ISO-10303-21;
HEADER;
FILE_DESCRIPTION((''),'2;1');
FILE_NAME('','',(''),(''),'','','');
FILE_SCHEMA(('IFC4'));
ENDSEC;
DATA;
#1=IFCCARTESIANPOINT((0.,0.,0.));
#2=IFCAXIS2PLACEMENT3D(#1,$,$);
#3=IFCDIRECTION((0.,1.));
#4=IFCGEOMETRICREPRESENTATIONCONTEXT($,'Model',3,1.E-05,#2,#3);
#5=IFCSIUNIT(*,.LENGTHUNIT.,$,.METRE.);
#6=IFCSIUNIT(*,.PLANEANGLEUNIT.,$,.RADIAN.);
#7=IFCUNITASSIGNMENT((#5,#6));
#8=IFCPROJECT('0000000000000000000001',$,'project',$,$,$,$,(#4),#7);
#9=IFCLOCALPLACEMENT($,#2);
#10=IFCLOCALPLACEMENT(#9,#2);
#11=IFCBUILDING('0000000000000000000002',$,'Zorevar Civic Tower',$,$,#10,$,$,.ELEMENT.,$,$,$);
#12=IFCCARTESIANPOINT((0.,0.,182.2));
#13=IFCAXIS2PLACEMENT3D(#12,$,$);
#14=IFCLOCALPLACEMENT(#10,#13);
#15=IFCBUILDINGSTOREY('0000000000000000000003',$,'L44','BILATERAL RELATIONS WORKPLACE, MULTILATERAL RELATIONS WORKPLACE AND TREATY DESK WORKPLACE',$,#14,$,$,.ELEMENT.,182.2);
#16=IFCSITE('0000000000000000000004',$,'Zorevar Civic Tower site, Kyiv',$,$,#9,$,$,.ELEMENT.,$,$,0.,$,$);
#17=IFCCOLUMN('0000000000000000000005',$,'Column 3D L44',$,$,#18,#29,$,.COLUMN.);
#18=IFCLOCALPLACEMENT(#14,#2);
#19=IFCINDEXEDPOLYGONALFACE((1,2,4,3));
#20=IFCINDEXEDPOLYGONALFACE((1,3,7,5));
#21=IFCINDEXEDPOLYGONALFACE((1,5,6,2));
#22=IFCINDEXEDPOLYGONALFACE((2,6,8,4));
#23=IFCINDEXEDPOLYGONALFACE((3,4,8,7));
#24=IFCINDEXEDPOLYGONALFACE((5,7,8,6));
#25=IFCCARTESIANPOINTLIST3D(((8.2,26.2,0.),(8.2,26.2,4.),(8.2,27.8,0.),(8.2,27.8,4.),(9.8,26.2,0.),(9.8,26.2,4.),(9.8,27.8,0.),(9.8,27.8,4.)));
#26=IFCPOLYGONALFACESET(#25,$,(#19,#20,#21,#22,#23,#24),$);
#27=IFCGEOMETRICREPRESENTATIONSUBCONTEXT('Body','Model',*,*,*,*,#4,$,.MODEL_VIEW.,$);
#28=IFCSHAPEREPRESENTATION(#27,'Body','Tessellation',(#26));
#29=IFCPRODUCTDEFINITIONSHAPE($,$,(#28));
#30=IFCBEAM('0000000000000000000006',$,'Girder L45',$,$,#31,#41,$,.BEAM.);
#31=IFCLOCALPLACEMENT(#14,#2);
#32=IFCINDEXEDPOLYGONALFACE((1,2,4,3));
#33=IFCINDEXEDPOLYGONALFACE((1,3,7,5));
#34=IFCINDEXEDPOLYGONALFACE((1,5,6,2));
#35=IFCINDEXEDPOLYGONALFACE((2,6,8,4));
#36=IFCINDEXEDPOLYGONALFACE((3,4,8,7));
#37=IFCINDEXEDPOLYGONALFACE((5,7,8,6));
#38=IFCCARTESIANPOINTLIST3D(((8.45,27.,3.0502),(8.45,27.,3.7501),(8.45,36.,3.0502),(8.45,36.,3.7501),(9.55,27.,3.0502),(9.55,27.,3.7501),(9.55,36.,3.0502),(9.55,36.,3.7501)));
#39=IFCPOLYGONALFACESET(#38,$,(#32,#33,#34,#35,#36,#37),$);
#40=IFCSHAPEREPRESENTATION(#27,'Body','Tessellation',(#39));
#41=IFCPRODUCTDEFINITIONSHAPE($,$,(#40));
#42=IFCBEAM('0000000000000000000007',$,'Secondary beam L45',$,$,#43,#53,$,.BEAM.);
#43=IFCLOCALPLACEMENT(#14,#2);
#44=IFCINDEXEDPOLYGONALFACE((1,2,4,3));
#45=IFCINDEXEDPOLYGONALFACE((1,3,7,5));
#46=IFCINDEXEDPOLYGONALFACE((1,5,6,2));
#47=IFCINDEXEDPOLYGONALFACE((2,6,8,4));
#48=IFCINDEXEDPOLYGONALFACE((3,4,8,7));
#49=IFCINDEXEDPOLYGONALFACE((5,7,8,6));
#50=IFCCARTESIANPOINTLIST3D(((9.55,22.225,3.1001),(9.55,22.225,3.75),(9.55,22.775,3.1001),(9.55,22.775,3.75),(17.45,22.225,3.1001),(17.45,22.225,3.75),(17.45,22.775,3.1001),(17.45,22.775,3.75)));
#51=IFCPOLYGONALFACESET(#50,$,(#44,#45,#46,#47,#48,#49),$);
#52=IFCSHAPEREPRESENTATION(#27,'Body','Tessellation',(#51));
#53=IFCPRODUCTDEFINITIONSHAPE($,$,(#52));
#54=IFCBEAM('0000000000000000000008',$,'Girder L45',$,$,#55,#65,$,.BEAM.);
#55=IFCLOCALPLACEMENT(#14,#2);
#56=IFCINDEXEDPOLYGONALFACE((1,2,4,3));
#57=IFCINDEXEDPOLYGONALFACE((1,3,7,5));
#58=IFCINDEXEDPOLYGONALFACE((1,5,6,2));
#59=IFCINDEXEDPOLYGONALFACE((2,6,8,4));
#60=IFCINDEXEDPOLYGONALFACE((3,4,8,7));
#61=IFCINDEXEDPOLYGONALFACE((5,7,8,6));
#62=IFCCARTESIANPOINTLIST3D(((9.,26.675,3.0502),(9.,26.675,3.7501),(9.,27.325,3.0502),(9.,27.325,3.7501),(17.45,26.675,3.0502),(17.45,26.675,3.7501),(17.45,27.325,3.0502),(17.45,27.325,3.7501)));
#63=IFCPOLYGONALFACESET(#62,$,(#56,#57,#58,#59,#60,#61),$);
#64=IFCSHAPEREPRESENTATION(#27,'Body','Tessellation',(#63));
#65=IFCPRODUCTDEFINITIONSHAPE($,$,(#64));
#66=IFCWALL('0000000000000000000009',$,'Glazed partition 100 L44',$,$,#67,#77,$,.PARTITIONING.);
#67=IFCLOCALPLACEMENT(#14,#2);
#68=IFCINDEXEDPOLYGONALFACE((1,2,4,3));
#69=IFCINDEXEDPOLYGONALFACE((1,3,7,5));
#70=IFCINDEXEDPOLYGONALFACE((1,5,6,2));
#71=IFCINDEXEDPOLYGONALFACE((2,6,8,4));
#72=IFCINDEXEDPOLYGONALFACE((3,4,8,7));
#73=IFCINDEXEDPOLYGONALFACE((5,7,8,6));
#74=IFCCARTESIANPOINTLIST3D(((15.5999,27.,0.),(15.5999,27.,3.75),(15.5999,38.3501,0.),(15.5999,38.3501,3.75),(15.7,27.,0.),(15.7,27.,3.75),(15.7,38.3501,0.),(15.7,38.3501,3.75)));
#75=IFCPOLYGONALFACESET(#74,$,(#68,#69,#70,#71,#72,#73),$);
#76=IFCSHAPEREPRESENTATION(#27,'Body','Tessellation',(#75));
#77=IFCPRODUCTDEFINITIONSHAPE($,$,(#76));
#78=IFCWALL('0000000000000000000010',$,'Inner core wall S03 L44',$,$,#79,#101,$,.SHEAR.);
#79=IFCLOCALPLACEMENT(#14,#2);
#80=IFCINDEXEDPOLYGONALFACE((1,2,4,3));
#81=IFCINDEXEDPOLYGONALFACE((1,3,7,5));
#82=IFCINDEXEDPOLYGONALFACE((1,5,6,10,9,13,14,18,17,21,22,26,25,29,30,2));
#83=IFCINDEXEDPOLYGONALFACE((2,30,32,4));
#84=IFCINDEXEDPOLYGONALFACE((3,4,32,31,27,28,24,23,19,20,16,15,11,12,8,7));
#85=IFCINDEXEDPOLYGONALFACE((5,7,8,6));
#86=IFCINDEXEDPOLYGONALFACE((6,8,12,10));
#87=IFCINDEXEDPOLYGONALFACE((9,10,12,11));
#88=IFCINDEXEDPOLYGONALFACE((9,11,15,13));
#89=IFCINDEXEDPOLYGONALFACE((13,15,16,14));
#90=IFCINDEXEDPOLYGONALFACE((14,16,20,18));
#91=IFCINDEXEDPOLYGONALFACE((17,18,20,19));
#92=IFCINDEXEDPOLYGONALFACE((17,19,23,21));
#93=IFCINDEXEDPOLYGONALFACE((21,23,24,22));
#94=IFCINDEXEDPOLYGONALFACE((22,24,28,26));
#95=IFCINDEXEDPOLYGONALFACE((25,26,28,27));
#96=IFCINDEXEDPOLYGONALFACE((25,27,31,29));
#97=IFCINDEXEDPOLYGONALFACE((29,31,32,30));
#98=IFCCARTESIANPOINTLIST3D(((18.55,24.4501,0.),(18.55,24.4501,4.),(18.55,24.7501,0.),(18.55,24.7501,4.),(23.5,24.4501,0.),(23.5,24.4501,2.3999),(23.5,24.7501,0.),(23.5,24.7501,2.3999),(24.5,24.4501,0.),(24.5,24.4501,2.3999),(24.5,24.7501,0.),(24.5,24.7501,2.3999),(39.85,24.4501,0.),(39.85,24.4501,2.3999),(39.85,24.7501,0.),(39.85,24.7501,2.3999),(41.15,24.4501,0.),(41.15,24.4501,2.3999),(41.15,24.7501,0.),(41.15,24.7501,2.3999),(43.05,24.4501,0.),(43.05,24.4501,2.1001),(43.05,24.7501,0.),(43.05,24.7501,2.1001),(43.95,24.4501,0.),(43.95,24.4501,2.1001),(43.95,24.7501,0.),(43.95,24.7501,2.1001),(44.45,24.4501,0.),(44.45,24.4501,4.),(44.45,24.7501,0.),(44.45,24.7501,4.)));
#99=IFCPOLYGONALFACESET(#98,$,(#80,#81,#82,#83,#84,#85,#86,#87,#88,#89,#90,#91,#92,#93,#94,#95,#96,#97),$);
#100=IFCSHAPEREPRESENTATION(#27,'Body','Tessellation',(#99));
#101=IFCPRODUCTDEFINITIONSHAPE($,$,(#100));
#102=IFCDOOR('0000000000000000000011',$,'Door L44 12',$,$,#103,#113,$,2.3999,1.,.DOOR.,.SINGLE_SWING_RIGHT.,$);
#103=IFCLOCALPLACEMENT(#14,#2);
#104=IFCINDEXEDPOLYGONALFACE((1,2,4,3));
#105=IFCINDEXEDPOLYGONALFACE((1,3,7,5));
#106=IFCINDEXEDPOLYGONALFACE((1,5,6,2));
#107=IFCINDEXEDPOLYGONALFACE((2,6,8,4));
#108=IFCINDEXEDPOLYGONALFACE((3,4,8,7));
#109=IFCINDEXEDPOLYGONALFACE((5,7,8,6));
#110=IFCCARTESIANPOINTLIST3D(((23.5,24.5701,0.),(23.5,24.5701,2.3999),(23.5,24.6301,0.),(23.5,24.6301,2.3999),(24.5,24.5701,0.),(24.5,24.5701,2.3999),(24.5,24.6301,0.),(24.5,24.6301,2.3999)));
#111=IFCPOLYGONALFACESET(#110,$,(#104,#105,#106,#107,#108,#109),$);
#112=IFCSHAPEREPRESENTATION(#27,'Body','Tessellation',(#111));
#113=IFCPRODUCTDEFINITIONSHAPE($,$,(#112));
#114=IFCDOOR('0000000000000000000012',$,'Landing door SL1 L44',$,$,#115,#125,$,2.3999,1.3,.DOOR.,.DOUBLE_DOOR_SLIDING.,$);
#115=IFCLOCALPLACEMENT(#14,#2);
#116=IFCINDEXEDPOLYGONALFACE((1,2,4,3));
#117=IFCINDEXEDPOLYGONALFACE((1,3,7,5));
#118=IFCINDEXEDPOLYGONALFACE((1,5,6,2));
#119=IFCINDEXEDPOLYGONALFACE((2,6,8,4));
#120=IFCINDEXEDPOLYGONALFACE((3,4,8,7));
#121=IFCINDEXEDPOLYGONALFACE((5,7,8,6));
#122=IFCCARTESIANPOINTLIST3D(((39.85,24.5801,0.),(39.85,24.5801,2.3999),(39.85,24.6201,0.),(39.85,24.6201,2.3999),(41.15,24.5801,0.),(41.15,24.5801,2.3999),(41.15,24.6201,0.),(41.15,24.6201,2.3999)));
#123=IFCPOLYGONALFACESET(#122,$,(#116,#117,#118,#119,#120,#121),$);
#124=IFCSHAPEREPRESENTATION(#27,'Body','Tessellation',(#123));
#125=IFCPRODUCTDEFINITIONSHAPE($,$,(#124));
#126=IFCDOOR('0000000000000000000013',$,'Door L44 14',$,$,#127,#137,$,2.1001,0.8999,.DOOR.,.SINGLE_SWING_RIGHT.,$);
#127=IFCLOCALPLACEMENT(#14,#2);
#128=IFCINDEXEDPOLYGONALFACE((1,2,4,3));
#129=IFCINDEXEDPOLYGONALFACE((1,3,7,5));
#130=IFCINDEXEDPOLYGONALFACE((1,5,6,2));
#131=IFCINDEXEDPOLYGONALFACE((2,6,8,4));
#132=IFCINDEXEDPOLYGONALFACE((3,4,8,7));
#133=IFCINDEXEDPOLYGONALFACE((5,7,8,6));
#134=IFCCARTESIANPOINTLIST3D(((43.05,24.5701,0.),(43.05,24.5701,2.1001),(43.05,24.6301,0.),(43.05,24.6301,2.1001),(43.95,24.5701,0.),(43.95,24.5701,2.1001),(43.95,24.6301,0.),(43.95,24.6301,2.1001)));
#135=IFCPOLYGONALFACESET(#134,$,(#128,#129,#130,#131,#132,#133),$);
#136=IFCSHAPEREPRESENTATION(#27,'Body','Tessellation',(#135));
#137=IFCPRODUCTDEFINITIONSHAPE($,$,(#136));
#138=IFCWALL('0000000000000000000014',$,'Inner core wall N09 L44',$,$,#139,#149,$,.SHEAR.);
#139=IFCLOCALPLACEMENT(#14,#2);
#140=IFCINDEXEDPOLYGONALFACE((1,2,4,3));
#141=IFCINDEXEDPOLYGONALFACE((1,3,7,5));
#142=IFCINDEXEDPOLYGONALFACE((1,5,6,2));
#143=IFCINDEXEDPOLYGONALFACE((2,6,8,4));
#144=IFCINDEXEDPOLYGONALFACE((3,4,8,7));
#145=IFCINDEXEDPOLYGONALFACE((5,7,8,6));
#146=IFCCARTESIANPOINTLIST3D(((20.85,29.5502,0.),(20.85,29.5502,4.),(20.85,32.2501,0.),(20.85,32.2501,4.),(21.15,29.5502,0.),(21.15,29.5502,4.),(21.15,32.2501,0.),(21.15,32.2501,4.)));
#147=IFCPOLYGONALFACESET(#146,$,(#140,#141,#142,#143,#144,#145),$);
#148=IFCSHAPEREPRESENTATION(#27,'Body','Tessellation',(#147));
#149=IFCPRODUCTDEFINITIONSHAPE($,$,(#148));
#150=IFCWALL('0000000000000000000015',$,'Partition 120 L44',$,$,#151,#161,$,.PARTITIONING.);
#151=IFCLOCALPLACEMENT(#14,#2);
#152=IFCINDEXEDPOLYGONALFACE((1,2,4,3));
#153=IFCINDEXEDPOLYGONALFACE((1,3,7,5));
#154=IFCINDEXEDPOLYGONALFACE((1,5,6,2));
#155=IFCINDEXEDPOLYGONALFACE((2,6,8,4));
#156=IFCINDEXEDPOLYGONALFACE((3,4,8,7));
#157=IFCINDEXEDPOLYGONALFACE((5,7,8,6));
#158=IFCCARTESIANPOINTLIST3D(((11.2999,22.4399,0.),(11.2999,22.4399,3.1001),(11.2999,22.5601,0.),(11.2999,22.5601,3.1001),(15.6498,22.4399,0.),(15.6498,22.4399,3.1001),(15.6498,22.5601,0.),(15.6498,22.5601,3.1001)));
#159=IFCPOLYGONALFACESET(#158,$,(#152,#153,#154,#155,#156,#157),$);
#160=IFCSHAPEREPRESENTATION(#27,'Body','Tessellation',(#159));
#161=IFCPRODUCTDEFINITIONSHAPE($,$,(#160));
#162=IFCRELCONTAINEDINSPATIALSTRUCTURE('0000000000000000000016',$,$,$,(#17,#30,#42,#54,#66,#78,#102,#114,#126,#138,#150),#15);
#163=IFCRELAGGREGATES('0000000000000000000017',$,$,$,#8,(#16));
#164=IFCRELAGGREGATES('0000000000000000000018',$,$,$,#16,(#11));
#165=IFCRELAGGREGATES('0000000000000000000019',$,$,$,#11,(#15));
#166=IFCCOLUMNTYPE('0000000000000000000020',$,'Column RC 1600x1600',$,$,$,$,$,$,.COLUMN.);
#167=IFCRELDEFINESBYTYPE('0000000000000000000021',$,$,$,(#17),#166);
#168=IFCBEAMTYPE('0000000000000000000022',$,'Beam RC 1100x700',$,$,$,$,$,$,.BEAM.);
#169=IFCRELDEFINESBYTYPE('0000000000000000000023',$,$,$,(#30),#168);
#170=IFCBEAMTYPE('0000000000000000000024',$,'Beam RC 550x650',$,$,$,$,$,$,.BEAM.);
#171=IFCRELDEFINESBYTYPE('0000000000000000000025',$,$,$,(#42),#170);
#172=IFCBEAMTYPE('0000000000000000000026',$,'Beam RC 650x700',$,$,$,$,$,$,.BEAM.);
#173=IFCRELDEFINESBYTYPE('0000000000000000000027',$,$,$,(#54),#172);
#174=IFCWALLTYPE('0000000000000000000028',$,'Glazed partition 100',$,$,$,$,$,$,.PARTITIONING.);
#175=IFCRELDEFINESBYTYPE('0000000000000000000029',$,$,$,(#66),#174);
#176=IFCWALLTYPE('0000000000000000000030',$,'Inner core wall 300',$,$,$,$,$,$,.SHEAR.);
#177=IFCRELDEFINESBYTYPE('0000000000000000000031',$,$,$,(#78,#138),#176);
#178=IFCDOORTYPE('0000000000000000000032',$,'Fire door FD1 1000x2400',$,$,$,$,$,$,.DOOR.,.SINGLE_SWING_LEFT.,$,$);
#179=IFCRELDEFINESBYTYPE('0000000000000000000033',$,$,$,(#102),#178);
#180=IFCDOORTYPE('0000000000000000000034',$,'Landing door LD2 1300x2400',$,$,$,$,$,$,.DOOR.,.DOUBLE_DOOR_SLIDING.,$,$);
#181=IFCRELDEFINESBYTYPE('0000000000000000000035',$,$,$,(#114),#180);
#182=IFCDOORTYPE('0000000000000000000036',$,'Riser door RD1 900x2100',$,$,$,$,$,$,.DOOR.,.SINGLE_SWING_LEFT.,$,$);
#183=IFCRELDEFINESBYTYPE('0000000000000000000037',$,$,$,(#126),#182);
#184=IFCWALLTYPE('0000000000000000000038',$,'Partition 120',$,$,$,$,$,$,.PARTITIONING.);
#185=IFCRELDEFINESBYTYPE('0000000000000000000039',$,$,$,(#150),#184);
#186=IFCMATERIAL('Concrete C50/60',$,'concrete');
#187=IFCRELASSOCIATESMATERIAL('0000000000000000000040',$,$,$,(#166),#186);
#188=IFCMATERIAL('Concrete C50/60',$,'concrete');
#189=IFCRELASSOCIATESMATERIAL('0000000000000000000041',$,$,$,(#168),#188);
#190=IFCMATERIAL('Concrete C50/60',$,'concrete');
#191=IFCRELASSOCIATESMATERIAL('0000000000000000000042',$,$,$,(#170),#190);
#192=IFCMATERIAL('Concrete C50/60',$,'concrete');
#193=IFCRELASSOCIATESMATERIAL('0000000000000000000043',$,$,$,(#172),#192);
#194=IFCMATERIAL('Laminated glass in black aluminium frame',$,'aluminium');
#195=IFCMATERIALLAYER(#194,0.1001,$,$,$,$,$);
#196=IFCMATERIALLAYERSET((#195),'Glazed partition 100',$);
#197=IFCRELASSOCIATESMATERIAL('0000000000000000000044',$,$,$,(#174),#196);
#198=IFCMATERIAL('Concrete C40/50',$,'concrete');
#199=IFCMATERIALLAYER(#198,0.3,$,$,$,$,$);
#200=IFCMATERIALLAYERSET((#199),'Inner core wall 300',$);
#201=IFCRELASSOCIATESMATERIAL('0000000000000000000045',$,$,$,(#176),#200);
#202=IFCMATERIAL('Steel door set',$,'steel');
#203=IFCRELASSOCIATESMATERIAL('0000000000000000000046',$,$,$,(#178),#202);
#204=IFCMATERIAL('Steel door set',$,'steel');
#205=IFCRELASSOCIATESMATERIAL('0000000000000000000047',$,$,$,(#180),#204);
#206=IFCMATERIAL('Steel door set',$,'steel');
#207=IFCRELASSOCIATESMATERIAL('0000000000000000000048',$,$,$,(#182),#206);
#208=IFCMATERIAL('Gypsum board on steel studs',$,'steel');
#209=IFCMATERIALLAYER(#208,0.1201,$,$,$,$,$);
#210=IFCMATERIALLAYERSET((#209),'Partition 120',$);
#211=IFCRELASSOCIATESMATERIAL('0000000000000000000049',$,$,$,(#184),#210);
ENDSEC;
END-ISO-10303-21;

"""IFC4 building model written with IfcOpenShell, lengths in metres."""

from ifc_helpers import new_model, si_unit, direction, frame, frame_2d, origin, origin_2d, place, context, subcontext, project, spatial, rectangle, extrude, material, layer, layer_set, material_profile, profile_set, type_object, element, fill, save


model = new_model("IFC4")

# Units and contexts
model_context = context("Model", 3, precision=1e-05, world=origin(), true_north=direction((0.0, 1.0)))
body_context = subcontext(model_context, "Body", "Model", "MODEL_VIEW")
ifc_project = project(units=[si_unit("LENGTHUNIT", "METRE"), si_unit("PLANEANGLEUNIT", "RADIAN")], contexts=[model_context])

# Site, building, storey
site_placement = place(None, origin())
site = spatial("IfcSite", under=ifc_project, at=site_placement, Name="Zorevar Civic Tower site, Kyiv", CompositionType="ELEMENT", RefElevation=0.0)
building_placement = place(site_placement, origin())
building = spatial("IfcBuilding", under=site, at=building_placement, Name="Zorevar Civic Tower", CompositionType="ELEMENT")
storey_placement = place(building_placement, frame((0.0, 0.0, 182.2)))
storey = spatial("IfcBuildingStorey", under=building, at=storey_placement, Name="L44", Description="BILATERAL RELATIONS WORKPLACE, MULTILATERAL RELATIONS WORKPLACE AND TREATY DESK WORKPLACE", CompositionType="ELEMENT", Elevation=182.2)

# Column
ifc_material_1 = material(Name="Concrete C50/60", Category="concrete")
ifc_material_profile_1 = material_profile(ifc_material_1, rectangle(XDim=1.6001, YDim=1.6001, at=origin_2d()), Name="RC 1600x1600")
ifc_profile_set_1 = profile_set([ifc_material_profile_1], Name="Concrete C50/60")
column_type = type_object("IfcColumnType", Name="Column RC 1600x1600", PredefinedType="COLUMN", material=ifc_profile_set_1)
column_placement = place(storey_placement, frame((9.0, 27.0, 0.0), z_axis=(0.0, 0.0, 1.0), x_axis=(1.0, 0.0, 0.0)))
element("IfcColumn", 1, at=column_placement, inside=storey, type_object=column_type, Name="Column 3D L44", PredefinedType="COLUMN", context=body_context, shape_type="SweptSolid", body=[
    extrude(rectangle(XDim=1.6001, YDim=1.6001, at=origin_2d()), origin(), (0.0, 0.0, 1.0), 4.0),
])

# Beams
ifc_material_2 = material(Name="Concrete C50/60", Category="concrete")
ifc_material_profile_2 = material_profile(ifc_material_2, rectangle(XDim=1.1001, YDim=0.7, at=origin_2d()), Name="RC 1100x700")
ifc_profile_set_2 = profile_set([ifc_material_profile_2], Name="Concrete C50/60")
beam_type_1 = type_object("IfcBeamType", Name="Beam RC 1100x700", PredefinedType="BEAM", material=ifc_profile_set_2)
beam_1_placement = place(storey_placement, frame((9.0, 27.0, 3.4001), z_axis=(0.0, 1.0, 0.0), x_axis=(-1.0, 0.0, 0.0)))
element("IfcBeam", 2, at=beam_1_placement, inside=storey, type_object=beam_type_1, Name="Girder L45", PredefinedType="BEAM", context=body_context, shape_type="SweptSolid", body=[
    extrude(rectangle(XDim=1.1001, YDim=0.7, at=origin_2d()), origin(), (0.0, 0.0, 1.0), 9.0),
])
ifc_material_3 = material(Name="Concrete C50/60", Category="concrete")
ifc_material_profile_3 = material_profile(ifc_material_3, rectangle(XDim=0.55, YDim=0.6499, at=origin_2d()), Name="RC 550x650")
ifc_profile_set_3 = profile_set([ifc_material_profile_3], Name="Concrete C50/60")
beam_type_2 = type_object("IfcBeamType", Name="Beam RC 550x650", PredefinedType="BEAM", material=ifc_profile_set_3)
beam_2_placement = place(storey_placement, frame((9.55, 22.5, 3.425), z_axis=(1.0, 0.0, 0.0), x_axis=(0.0, 1.0, 0.0)))
element("IfcBeam", 3, at=beam_2_placement, inside=storey, type_object=beam_type_2, Name="Secondary beam L45", PredefinedType="BEAM", context=body_context, shape_type="SweptSolid", body=[
    extrude(rectangle(XDim=0.55, YDim=0.6499, at=origin_2d()), origin(), (0.0, 0.0, 1.0), 7.8999),
])
ifc_material_4 = material(Name="Concrete C50/60", Category="concrete")
ifc_material_profile_4 = material_profile(ifc_material_4, rectangle(XDim=0.6499, YDim=0.7, at=origin_2d()), Name="RC 650x700")
ifc_profile_set_4 = profile_set([ifc_material_profile_4], Name="Concrete C50/60")
beam_type_3 = type_object("IfcBeamType", Name="Beam RC 650x700", PredefinedType="BEAM", material=ifc_profile_set_4)
beam_3_placement = place(storey_placement, frame((9.0, 27.0, 3.4001), z_axis=(1.0, 0.0, 0.0), x_axis=(0.0, 1.0, 0.0)))
element("IfcBeam", 4, at=beam_3_placement, inside=storey, type_object=beam_type_3, Name="Girder L45", PredefinedType="BEAM", context=body_context, shape_type="SweptSolid", body=[
    extrude(rectangle(XDim=0.6499, YDim=0.7, at=origin_2d()), origin(), (0.0, 0.0, 1.0), 8.45),
])

# Wall
ifc_material_5 = material(Name="Laminated glass in black aluminium frame", Category="aluminium")
ifc_layer_1 = layer(ifc_material_5, 0.1001)
ifc_layer_set_1 = layer_set([ifc_layer_1], Name="Glazed partition 100")
wall_type_1 = type_object("IfcWallType", Name="Glazed partition 100", PredefinedType="PARTITIONING", material=ifc_layer_set_1)
wall_1_placement = place(storey_placement, frame((15.6499, 27.0, 0.0), z_axis=(0.0, 0.0, 1.0), x_axis=(0.0, 1.0, 0.0)))
element("IfcWall", 5, at=wall_1_placement, inside=storey, type_object=wall_type_1, Name="Glazed partition 100 L44", PredefinedType="PARTITIONING", context=body_context, shape_type="SweptSolid", body=[
    extrude(rectangle(XDim=11.3501, YDim=0.1001, at=frame_2d((5.675, 0.0))), origin(), (0.0, 0.0, 1.0), 3.75),
])

# Wall, openings, doors
ifc_material_6 = material(Name="Concrete C40/50", Category="concrete")
ifc_layer_2 = layer(ifc_material_6, 0.3)
ifc_layer_set_2 = layer_set([ifc_layer_2], Name="Inner core wall 300")
wall_type_2 = type_object("IfcWallType", Name="Inner core wall 300", PredefinedType="SHEAR", material=ifc_layer_set_2)
wall_2_placement = place(storey_placement, frame((18.55, 24.6001, 0.0), z_axis=(0.0, 0.0, 1.0), x_axis=(1.0, 0.0, 0.0)))
wall_2 = element("IfcWall", 6, at=wall_2_placement, inside=storey, type_object=wall_type_2, Name="Inner core wall S03 L44", PredefinedType="SHEAR", context=body_context, shape_type="SweptSolid", body=[
    extrude(rectangle(XDim=25.8999, YDim=0.3, at=frame_2d((12.95, 0.0))), origin(), (0.0, 0.0, 1.0), 4.0),
])
opening_1_placement = place(wall_2_placement, frame((4.95, 0.0, 0.0)))
opening_1 = element("IfcOpeningElement", 7, at=opening_1_placement, cuts=wall_2, PredefinedType="OPENING", context=body_context, shape_type="SweptSolid", body=[
    extrude(rectangle(XDim=1.0, YDim=2.3999, at=frame_2d((0.5, 1.2))), frame((0.0, 0.1599, 0.0), z_axis=(0.0, -1.0, 0.0), x_axis=(1.0, 0.0, 0.0)), (0.0, 0.0, 1.0), 0.3201),
])
opening_2_placement = place(wall_2_placement, frame((24.5, 0.0, 0.0)))
opening_2 = element("IfcOpeningElement", 8, at=opening_2_placement, cuts=wall_2, PredefinedType="OPENING", context=body_context, shape_type="SweptSolid", body=[
    extrude(rectangle(XDim=0.8999, YDim=2.1001, at=frame_2d((0.45, 1.05))), frame((0.0, 0.1599, 0.0), z_axis=(0.0, -1.0, 0.0), x_axis=(1.0, 0.0, 0.0)), (0.0, 0.0, 1.0), 0.3201),
])
opening_3_placement = place(wall_2_placement, frame((21.3, 0.0, 0.0)))
opening_3 = element("IfcOpeningElement", 9, at=opening_3_placement, cuts=wall_2, PredefinedType="OPENING", context=body_context, shape_type="SweptSolid", body=[
    extrude(rectangle(XDim=1.3, YDim=2.3999, at=frame_2d((0.6499, 1.2))), frame((0.0, 0.1599, 0.0), z_axis=(0.0, -1.0, 0.0), x_axis=(1.0, 0.0, 0.0)), (0.0, 0.0, 1.0), 0.3201),
])
ifc_material_7 = material(Name="Steel door set", Category="steel")
door_type_1 = type_object("IfcDoorType", Name="Fire door FD1 1000x2400", OperationType="SINGLE_SWING_LEFT", PredefinedType="DOOR", material=ifc_material_7)
door_1_placement = place(opening_1_placement, origin())
door_1 = element("IfcDoor", 10, at=door_1_placement, inside=storey, type_object=door_type_1, Name="Door L44 12", OperationType="SINGLE_SWING_RIGHT", OverallHeight=2.3999, OverallWidth=1.0, PredefinedType="DOOR", context=body_context, shape_type="SweptSolid", body=[
    extrude(rectangle(XDim=1.0, YDim=2.3999, at=frame_2d((0.5, 1.2))), frame((0.0, 0.03, 0.0), z_axis=(0.0, -1.0, 0.0), x_axis=(1.0, 0.0, 0.0)), (0.0, 0.0, 1.0), 0.0601),
])
fill(opening_1, door_1)
ifc_material_8 = material(Name="Steel door set", Category="steel")
door_type_2 = type_object("IfcDoorType", Name="Landing door LD2 1300x2400", OperationType="DOUBLE_DOOR_SLIDING", PredefinedType="DOOR", material=ifc_material_8)
door_2_placement = place(opening_3_placement, origin())
door_2 = element("IfcDoor", 11, at=door_2_placement, inside=storey, type_object=door_type_2, Name="Landing door SL1 L44", OperationType="DOUBLE_DOOR_SLIDING", OverallHeight=2.3999, OverallWidth=1.3, PredefinedType="DOOR", context=body_context, shape_type="SweptSolid", body=[
    extrude(rectangle(XDim=1.3, YDim=2.3999, at=frame_2d((0.6499, 1.2))), frame((0.0, 0.02, 0.0), z_axis=(0.0, -1.0, 0.0), x_axis=(1.0, 0.0, 0.0)), (0.0, 0.0, 1.0), 0.04),
])
fill(opening_3, door_2)
ifc_material_9 = material(Name="Steel door set", Category="steel")
door_type_3 = type_object("IfcDoorType", Name="Riser door RD1 900x2100", OperationType="SINGLE_SWING_LEFT", PredefinedType="DOOR", material=ifc_material_9)
door_3_placement = place(opening_2_placement, origin())
door_3 = element("IfcDoor", 12, at=door_3_placement, inside=storey, type_object=door_type_3, Name="Door L44 14", OperationType="SINGLE_SWING_RIGHT", OverallHeight=2.1001, OverallWidth=0.8999, PredefinedType="DOOR", context=body_context, shape_type="SweptSolid", body=[
    extrude(rectangle(XDim=0.8999, YDim=2.1001, at=frame_2d((0.45, 1.05))), frame((0.0, 0.03, 0.0), z_axis=(0.0, -1.0, 0.0), x_axis=(1.0, 0.0, 0.0)), (0.0, 0.0, 1.0), 0.0601),
])
fill(opening_2, door_3)

# Walls
wall_3_placement = place(storey_placement, frame((21.0, 29.55, 0.0), z_axis=(0.0, 0.0, 1.0), x_axis=(0.0, 1.0, 0.0)))
element("IfcWall", 13, at=wall_3_placement, inside=storey, type_object=wall_type_2, Name="Inner core wall N09 L44", PredefinedType="SHEAR", context=body_context, shape_type="SweptSolid", body=[
    extrude(rectangle(XDim=2.7, YDim=0.3, at=frame_2d((1.3501, 0.0))), origin(), (0.0, 0.0, 1.0), 4.0),
])
ifc_material_10 = material(Name="Gypsum board on steel studs", Category="steel")
ifc_layer_3 = layer(ifc_material_10, 0.1201)
ifc_layer_set_3 = layer_set([ifc_layer_3], Name="Partition 120")
wall_type_3 = type_object("IfcWallType", Name="Partition 120", PredefinedType="PARTITIONING", material=ifc_layer_set_3)
wall_4_placement = place(storey_placement, frame((11.3, 22.5, 0.0), z_axis=(0.0, 0.0, 1.0), x_axis=(1.0, 0.0, 0.0)))
element("IfcWall", 14, at=wall_4_placement, inside=storey, type_object=wall_type_3, Name="Partition 120 L44", PredefinedType="PARTITIONING", context=body_context, shape_type="SweptSolid", body=[
    extrude(rectangle(XDim=4.3499, YDim=0.1201, at=frame_2d((2.1748, 0.0))), origin(), (0.0, 0.0, 1.0), 3.1001),
])

save(model, "model.ifc")
